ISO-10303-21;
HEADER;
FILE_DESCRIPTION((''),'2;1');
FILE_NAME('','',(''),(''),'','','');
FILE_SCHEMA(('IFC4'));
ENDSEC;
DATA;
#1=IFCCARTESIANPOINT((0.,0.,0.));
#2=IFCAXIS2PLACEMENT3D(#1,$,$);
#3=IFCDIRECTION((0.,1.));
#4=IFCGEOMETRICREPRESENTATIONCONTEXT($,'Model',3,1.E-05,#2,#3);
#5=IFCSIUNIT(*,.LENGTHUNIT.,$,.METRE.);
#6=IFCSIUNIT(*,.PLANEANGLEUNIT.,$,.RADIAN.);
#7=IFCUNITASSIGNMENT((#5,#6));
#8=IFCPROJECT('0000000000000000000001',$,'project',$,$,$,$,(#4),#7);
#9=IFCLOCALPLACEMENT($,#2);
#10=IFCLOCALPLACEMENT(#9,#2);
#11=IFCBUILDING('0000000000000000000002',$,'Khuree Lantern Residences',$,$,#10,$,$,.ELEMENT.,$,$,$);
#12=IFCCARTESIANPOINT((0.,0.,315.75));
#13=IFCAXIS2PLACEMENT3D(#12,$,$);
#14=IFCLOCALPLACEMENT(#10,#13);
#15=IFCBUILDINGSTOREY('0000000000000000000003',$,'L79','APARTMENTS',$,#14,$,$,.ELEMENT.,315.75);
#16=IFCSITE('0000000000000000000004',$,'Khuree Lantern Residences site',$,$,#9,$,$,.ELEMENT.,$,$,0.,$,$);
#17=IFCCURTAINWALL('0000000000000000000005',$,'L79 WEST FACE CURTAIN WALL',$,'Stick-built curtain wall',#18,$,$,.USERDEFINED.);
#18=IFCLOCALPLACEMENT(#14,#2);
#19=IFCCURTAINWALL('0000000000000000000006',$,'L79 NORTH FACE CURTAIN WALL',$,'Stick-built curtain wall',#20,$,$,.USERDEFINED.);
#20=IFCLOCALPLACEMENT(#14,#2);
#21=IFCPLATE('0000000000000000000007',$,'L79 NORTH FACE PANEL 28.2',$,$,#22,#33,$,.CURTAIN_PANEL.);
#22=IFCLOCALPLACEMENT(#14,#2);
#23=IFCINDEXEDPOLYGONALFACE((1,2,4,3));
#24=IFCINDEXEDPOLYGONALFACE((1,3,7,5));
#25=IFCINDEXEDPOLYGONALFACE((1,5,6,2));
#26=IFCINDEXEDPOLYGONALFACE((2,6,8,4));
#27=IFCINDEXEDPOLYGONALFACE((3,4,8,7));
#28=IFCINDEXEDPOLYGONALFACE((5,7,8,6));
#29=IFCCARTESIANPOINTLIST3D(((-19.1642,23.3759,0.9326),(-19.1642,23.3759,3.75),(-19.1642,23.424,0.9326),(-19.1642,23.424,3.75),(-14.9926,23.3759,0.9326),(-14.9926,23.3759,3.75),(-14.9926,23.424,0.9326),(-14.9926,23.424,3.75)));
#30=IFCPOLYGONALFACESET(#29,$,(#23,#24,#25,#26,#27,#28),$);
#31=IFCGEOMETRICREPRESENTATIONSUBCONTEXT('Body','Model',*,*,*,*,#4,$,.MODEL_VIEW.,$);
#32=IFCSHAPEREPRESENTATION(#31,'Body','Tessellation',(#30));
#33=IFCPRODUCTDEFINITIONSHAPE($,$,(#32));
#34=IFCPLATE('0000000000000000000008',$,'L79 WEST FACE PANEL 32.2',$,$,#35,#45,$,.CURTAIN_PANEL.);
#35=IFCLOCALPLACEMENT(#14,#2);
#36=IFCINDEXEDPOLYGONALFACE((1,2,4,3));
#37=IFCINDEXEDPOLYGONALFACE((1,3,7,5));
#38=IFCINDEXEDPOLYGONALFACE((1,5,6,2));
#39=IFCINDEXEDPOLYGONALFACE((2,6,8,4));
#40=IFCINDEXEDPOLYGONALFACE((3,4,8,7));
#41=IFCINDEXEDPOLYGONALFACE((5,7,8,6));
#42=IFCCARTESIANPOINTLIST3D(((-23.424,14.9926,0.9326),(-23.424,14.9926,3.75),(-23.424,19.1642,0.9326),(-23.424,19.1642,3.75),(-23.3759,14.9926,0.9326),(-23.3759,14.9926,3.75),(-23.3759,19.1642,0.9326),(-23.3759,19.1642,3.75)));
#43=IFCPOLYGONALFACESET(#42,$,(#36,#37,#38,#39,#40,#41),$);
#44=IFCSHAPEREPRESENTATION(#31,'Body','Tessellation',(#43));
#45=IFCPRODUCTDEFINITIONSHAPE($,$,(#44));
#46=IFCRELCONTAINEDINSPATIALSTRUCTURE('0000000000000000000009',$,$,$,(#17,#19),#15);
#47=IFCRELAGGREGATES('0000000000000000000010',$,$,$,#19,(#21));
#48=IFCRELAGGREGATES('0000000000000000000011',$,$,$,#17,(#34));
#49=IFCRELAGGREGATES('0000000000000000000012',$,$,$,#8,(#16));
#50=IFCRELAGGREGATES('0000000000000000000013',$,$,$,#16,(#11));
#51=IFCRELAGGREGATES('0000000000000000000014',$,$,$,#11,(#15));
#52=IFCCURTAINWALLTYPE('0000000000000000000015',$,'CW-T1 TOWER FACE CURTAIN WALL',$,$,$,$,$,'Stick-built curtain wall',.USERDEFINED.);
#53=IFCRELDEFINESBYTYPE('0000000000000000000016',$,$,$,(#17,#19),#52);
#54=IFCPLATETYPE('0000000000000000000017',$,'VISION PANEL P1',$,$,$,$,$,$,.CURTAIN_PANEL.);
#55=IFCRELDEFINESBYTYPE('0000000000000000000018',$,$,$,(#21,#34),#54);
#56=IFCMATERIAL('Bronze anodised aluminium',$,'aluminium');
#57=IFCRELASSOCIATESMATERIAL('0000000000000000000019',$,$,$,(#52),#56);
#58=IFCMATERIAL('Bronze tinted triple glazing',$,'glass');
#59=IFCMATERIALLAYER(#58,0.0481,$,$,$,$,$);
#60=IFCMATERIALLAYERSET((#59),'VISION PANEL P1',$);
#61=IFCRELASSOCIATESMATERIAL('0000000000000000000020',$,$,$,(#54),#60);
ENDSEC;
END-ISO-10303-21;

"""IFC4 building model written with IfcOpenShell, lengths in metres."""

from ifc_helpers import new_model, si_unit, direction, frame, origin, origin_2d, place, context, subcontext, project, spatial, rectangle, extrude, material, layer, layer_set, type_object, element, aggregate, save


model = new_model("IFC4")

# Units and contexts
model_context = context("Model", 3, precision=1e-05, world=origin(), true_north=direction((0.0, 1.0)))
body_context = subcontext(model_context, "Body", "Model", "MODEL_VIEW")
ifc_project = project(units=[si_unit("LENGTHUNIT", "METRE"), si_unit("PLANEANGLEUNIT", "RADIAN")], contexts=[model_context])

# Site, building, storey
site_placement = place(None, origin())
site = spatial("IfcSite", under=ifc_project, at=site_placement, Name="Khuree Lantern Residences site", CompositionType="ELEMENT", RefElevation=0.0)
building_placement = place(site_placement, origin())
building = spatial("IfcBuilding", under=site, at=building_placement, Name="Khuree Lantern Residences", CompositionType="ELEMENT")
storey_placement = place(building_placement, frame((0.0, 0.0, 315.75)))
storey = spatial("IfcBuildingStorey", under=building, at=storey_placement, Name="L79", Description="APARTMENTS", CompositionType="ELEMENT", Elevation=315.75)

# Shared definitions
ifc_material_1 = material(Name="Bronze anodised aluminium", Category="aluminium")

# Curtain walls
curtain_wall_type_1 = type_object("IfcCurtainWallType", Name="CW-T1 TOWER FACE CURTAIN WALL", ElementType="Stick-built curtain wall", PredefinedType="USERDEFINED", material=ifc_material_1)
curtain_wall_1_placement = place(storey_placement, origin())
curtain_wall_1 = element("IfcCurtainWall", 1, at=curtain_wall_1_placement, inside=storey, type_object=curtain_wall_type_1, Name="L79 WEST FACE CURTAIN WALL", ObjectType="Stick-built curtain wall", PredefinedType="USERDEFINED")
curtain_wall_2_placement = place(storey_placement, origin())
curtain_wall_2 = element("IfcCurtainWall", 2, at=curtain_wall_2_placement, inside=storey, type_object=curtain_wall_type_1, Name="L79 NORTH FACE CURTAIN WALL", ObjectType="Stick-built curtain wall", PredefinedType="USERDEFINED")

# Plates
ifc_material_2 = material(Name="Bronze tinted triple glazing", Category="glass")
ifc_layer_1 = layer(ifc_material_2, 0.0481)
ifc_layer_set_1 = layer_set([ifc_layer_1], Name="VISION PANEL P1")
plate_type_1 = type_object("IfcPlateType", Name="VISION PANEL P1", PredefinedType="CURTAIN_PANEL", material=ifc_layer_set_1)
plate_1_placement = place(storey_placement, frame((-17.0784, 23.3999, 0.9326), z_axis=(0.0, 0.0, 1.0), x_axis=(-1.0, 0.0, 0.0)))
plate_1 = element("IfcPlate", 3, at=plate_1_placement, type_object=plate_type_1, Name="L79 NORTH FACE PANEL 28.2", PredefinedType="CURTAIN_PANEL", context=body_context, shape_type="SweptSolid", body=[
    extrude(rectangle(XDim=4.1716, YDim=0.0481, at=origin_2d()), origin(), (0.0, 0.0, 1.0), 2.8174),
])
aggregate(curtain_wall_2, [plate_1])
plate_2_placement = place(storey_placement, frame((-23.3999, 17.0784, 0.9326), z_axis=(0.0, 0.0, 1.0), x_axis=(0.0, -1.0, 0.0)))
plate_2 = element("IfcPlate", 4, at=plate_2_placement, type_object=plate_type_1, Name="L79 WEST FACE PANEL 32.2", PredefinedType="CURTAIN_PANEL", context=body_context, shape_type="SweptSolid", body=[
    extrude(rectangle(XDim=4.1716, YDim=0.0481, at=origin_2d()), origin(), (0.0, 0.0, 1.0), 2.8174),
])
aggregate(curtain_wall_1, [plate_2])

save(model, "model.ifc")
